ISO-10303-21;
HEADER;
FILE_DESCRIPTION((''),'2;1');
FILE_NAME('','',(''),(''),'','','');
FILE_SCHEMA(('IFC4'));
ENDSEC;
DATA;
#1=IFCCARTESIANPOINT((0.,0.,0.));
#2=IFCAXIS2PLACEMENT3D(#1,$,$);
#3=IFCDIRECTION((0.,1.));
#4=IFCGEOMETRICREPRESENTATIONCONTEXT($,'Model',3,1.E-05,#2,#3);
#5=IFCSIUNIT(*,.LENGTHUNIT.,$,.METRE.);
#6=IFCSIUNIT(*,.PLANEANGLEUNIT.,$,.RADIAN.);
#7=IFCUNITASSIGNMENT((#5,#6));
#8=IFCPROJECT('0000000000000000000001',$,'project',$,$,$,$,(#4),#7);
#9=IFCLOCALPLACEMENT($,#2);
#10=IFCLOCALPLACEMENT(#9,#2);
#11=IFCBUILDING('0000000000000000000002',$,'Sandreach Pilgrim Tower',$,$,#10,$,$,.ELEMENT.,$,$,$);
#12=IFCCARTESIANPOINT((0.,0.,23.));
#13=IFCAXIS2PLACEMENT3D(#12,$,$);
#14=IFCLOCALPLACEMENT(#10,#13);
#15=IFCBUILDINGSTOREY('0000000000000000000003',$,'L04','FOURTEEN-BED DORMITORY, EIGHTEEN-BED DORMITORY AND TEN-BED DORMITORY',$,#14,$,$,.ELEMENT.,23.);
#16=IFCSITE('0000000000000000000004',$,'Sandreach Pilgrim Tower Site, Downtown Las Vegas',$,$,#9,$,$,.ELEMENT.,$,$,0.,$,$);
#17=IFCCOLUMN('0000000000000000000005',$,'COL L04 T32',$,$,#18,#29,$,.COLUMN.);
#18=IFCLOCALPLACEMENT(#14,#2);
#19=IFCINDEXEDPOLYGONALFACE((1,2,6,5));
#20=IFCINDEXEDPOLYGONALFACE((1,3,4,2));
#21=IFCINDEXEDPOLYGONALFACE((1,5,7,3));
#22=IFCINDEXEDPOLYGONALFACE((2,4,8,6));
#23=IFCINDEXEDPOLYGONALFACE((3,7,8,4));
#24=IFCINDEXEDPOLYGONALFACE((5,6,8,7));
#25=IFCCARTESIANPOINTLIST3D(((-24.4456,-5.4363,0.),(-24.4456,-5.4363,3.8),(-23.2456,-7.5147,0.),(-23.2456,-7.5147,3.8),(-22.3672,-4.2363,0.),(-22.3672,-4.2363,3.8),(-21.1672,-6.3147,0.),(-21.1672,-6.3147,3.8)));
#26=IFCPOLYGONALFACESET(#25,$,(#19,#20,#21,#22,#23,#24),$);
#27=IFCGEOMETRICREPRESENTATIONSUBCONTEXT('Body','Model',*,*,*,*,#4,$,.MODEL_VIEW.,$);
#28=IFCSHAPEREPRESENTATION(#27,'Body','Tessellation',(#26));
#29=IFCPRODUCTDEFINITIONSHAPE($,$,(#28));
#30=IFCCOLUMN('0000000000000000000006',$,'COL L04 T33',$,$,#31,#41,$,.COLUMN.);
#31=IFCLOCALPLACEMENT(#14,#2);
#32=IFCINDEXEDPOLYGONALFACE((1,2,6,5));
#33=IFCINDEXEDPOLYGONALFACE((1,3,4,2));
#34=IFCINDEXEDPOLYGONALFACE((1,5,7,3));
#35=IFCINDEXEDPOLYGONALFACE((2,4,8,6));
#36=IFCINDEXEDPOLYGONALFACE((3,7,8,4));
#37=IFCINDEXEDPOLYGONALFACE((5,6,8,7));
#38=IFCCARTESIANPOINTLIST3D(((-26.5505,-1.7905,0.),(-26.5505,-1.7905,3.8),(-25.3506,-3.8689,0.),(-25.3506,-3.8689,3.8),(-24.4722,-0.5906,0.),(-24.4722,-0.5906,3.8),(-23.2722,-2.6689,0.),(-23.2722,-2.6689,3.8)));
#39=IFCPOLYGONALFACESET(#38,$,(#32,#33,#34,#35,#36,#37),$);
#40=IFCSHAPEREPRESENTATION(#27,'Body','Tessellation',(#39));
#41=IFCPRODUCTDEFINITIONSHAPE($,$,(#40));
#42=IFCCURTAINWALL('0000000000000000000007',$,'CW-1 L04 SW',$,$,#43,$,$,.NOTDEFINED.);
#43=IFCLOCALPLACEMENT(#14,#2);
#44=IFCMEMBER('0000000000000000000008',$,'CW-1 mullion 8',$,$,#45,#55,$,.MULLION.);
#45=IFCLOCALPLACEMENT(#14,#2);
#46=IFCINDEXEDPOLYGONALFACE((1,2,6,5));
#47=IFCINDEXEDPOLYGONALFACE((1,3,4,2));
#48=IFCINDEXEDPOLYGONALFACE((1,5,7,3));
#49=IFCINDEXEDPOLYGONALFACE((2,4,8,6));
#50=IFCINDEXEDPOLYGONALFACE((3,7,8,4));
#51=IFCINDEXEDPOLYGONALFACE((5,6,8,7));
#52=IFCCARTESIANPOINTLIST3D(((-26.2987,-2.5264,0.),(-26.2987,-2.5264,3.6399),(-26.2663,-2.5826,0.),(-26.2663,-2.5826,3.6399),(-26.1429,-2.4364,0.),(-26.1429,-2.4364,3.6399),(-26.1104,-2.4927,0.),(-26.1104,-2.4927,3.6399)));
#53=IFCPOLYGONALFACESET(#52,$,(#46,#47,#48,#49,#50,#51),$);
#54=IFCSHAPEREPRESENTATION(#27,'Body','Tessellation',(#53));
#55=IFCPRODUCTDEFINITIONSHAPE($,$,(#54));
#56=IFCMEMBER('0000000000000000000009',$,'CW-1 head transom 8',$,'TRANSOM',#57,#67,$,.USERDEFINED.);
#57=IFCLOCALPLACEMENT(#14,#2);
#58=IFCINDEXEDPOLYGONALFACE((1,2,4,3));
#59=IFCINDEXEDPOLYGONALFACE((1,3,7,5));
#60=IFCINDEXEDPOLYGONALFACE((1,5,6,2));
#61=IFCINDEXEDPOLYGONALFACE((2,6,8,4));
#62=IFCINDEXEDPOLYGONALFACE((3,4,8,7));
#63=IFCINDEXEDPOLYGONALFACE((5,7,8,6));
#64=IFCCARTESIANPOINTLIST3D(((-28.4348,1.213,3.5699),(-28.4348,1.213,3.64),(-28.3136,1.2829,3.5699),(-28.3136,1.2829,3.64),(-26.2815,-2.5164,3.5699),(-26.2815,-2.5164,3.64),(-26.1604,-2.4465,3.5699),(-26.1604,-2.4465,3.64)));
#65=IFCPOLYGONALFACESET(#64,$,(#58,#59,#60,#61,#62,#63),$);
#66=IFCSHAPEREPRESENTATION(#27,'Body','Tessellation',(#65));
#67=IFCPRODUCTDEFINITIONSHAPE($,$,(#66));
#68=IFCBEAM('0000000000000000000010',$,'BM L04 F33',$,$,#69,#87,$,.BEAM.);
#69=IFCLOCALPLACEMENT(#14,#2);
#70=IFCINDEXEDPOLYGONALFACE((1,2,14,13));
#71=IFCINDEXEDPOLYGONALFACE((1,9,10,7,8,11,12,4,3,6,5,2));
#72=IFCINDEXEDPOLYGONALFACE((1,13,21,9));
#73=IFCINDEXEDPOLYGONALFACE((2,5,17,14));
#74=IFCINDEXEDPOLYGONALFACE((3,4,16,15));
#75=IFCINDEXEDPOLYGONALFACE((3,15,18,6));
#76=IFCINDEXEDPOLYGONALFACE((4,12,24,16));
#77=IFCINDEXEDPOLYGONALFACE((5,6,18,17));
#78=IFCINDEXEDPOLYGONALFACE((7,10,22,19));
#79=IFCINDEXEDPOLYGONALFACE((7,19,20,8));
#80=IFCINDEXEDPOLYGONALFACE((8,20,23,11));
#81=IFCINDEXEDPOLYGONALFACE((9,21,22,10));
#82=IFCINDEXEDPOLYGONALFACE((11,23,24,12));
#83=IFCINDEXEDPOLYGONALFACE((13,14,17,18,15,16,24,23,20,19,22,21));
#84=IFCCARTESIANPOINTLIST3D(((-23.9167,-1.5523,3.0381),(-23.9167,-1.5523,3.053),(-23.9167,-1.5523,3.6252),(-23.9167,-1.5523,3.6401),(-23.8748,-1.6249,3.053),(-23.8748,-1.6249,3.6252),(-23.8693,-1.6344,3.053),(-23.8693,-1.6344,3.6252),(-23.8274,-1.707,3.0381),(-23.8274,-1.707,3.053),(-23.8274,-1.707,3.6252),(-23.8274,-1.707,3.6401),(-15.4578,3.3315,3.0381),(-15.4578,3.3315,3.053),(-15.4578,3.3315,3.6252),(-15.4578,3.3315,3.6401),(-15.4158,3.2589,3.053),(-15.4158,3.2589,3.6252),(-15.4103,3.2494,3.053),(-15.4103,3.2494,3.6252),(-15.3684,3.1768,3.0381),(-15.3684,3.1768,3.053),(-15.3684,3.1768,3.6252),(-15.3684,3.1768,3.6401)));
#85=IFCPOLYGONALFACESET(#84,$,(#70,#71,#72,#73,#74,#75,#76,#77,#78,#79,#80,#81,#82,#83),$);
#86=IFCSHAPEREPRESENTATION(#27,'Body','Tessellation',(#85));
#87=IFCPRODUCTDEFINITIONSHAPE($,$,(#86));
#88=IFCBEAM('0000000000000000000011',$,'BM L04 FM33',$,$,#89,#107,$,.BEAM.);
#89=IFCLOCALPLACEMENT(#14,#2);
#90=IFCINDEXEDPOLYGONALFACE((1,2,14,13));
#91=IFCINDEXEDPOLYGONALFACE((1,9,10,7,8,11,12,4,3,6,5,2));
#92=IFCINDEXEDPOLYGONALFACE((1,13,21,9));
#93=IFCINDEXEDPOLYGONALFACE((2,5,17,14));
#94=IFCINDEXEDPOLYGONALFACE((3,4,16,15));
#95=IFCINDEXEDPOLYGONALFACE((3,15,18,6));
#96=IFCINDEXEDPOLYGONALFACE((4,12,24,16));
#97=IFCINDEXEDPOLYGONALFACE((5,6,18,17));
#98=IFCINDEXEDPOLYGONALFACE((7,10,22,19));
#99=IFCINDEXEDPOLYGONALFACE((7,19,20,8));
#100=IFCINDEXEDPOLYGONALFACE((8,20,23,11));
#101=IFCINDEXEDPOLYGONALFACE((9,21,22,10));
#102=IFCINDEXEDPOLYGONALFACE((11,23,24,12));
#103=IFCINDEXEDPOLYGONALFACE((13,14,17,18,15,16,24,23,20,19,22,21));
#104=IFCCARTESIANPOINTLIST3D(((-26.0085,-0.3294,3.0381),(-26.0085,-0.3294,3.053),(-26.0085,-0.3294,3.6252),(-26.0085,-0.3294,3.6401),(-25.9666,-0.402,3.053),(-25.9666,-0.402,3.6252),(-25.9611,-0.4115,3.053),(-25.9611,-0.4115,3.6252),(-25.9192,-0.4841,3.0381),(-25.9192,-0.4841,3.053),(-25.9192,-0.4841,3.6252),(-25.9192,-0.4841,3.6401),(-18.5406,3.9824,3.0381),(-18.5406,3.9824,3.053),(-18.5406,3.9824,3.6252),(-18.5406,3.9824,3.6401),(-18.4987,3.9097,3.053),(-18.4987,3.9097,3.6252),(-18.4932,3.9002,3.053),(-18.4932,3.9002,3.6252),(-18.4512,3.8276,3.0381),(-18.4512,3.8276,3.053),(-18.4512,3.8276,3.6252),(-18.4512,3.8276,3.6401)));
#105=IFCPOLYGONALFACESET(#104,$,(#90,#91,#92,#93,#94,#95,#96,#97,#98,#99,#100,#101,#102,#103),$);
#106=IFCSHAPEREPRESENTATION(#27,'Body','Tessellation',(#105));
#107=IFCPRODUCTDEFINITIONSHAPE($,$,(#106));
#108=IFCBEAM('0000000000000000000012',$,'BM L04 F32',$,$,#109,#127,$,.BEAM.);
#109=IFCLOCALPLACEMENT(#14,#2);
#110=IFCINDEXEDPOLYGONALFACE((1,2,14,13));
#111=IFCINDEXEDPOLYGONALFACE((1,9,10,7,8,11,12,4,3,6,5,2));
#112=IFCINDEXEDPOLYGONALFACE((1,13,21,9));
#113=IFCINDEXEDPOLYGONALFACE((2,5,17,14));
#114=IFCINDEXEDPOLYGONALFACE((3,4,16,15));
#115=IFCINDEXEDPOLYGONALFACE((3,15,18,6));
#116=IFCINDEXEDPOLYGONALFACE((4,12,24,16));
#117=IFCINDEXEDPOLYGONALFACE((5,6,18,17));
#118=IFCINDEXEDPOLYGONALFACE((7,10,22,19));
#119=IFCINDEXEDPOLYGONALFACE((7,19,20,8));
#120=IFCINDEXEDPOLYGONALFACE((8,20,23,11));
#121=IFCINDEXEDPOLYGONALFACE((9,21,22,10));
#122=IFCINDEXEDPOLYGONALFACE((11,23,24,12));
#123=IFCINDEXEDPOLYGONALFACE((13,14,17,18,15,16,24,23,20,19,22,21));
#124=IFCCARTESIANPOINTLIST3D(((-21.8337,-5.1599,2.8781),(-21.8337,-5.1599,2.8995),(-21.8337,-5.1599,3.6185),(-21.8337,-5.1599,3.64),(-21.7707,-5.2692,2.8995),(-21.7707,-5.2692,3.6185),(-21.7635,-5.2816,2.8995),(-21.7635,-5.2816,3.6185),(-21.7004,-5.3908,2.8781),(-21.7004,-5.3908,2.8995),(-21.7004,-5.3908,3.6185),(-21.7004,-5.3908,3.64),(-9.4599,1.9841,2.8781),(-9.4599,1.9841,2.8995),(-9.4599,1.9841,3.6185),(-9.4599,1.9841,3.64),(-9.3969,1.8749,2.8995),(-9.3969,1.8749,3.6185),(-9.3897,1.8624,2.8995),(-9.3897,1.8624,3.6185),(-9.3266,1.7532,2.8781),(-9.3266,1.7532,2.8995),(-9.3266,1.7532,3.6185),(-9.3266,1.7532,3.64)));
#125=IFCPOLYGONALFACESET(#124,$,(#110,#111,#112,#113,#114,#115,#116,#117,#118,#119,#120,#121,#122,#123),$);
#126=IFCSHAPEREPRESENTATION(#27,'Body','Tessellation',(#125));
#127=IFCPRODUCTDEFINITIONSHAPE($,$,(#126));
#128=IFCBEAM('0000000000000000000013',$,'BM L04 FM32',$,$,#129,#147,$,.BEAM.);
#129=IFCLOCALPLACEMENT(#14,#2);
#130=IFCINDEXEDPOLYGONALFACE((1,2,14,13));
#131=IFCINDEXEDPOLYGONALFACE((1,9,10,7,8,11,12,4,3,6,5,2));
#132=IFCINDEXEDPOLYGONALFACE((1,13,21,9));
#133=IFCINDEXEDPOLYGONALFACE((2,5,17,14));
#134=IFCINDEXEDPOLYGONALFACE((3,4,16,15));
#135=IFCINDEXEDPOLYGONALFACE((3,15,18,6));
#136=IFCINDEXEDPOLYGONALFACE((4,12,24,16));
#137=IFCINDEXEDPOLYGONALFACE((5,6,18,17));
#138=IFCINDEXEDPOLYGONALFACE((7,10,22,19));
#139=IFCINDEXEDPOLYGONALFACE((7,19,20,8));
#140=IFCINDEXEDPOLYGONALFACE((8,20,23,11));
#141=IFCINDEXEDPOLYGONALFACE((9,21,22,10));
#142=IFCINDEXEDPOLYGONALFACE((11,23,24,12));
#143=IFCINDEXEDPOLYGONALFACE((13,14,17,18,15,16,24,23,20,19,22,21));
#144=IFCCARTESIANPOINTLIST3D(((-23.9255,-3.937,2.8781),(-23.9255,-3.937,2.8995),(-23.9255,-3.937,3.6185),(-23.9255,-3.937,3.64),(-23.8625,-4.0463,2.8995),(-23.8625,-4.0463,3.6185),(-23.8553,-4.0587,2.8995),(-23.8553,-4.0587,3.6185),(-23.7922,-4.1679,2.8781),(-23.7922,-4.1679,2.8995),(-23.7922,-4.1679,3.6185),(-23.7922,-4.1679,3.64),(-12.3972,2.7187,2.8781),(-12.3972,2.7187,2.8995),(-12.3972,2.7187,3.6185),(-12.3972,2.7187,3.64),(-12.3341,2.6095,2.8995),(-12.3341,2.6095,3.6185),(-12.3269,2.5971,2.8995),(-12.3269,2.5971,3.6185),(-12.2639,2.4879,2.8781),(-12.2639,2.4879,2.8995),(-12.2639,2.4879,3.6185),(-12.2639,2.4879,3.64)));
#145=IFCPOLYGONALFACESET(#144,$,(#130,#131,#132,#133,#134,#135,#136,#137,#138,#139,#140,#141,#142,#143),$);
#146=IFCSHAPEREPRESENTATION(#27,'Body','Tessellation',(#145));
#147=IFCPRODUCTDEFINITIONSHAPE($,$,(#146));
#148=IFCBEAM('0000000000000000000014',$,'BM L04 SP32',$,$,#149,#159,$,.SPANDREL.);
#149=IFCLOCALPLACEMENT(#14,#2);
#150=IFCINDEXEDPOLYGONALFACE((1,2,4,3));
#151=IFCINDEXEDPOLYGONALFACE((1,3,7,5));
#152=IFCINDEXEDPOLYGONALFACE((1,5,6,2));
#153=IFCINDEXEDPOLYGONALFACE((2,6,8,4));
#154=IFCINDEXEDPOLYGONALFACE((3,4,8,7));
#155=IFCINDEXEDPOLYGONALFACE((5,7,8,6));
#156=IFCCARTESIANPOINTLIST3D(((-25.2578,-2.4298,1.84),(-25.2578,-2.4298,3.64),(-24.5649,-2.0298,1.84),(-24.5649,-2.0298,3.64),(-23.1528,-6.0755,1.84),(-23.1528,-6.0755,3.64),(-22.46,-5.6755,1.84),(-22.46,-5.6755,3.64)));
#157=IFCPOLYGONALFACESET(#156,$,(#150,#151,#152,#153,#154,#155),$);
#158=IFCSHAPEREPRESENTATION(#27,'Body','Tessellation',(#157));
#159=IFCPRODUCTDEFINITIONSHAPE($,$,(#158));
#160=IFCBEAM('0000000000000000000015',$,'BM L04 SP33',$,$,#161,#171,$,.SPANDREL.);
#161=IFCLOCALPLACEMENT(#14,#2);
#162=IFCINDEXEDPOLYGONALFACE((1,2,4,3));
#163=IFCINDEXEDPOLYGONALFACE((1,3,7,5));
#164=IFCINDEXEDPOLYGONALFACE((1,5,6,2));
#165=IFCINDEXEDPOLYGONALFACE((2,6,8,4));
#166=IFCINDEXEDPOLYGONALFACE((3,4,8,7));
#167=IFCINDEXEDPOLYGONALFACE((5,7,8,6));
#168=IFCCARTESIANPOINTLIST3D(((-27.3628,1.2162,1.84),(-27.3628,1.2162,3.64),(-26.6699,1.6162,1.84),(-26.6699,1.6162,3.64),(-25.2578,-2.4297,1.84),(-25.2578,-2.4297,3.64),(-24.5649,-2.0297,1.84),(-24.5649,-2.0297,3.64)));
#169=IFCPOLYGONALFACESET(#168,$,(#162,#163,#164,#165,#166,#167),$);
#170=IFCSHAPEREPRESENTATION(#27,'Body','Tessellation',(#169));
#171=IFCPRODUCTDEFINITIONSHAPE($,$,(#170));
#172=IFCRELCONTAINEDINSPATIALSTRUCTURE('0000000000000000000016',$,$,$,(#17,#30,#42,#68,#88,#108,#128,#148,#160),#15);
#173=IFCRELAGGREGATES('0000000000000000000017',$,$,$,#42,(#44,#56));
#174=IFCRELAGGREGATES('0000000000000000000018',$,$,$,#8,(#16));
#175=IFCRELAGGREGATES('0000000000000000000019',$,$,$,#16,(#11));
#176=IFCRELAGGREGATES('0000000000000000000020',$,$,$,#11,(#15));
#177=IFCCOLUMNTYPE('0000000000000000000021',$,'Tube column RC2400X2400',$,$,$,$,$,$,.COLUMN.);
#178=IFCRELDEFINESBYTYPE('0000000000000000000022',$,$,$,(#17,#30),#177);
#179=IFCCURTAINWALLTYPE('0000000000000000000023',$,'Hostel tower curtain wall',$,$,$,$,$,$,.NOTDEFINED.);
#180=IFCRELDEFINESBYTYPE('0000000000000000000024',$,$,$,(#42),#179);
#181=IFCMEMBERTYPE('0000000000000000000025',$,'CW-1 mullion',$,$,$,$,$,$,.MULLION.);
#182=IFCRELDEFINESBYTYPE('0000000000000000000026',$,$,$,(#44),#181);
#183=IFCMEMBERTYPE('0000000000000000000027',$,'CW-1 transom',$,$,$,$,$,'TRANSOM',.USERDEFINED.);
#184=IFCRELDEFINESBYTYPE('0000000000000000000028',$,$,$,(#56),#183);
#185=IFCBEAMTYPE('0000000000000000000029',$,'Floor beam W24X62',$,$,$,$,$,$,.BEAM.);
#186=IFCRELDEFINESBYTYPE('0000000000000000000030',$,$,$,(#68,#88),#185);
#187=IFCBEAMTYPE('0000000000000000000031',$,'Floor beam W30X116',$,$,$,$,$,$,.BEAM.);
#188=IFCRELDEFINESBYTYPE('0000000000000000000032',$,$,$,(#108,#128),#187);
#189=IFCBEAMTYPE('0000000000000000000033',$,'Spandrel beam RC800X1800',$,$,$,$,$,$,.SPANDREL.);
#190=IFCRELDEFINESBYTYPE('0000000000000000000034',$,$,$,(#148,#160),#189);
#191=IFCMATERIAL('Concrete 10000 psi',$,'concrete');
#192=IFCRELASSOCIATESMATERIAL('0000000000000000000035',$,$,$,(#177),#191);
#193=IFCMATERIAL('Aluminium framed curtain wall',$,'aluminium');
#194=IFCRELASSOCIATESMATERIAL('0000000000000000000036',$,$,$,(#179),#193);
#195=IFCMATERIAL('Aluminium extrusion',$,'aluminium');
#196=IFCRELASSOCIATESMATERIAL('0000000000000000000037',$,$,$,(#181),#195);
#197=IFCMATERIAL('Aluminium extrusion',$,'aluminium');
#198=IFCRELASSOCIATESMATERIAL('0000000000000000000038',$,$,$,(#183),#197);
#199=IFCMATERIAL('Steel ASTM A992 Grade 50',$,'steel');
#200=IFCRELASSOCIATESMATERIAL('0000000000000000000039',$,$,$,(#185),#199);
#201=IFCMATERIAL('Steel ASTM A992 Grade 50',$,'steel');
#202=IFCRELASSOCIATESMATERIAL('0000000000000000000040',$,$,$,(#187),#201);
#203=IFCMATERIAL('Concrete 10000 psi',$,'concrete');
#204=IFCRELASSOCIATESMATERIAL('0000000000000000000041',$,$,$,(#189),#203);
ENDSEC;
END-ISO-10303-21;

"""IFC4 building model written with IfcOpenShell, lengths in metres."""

from ifc_helpers import new_model, si_unit, direction, frame, origin, origin_2d, place, context, subcontext, project, spatial, rectangle, i_section, extrude, material, material_profile, profile_set, type_object, element, aggregate, save


model = new_model("IFC4")

# Units and contexts
model_context = context("Model", 3, precision=1e-05, world=origin(), true_north=direction((0.0, 1.0)))
body_context = subcontext(model_context, "Body", "Model", "MODEL_VIEW")
ifc_project = project(units=[si_unit("LENGTHUNIT", "METRE"), si_unit("PLANEANGLEUNIT", "RADIAN")], contexts=[model_context])

# Site, building, storey
site_placement = place(None, origin())
site = spatial("IfcSite", under=ifc_project, at=site_placement, Name="Sandreach Pilgrim Tower Site, Downtown Las Vegas", CompositionType="ELEMENT", RefElevation=0.0)
building_placement = place(site_placement, origin())
building = spatial("IfcBuilding", under=site, at=building_placement, Name="Sandreach Pilgrim Tower", CompositionType="ELEMENT")
storey_placement = place(building_placement, frame((0.0, 0.0, 23.0)))
storey = spatial("IfcBuildingStorey", under=building, at=storey_placement, Name="L04", Description="FOURTEEN-BED DORMITORY, EIGHTEEN-BED DORMITORY AND TEN-BED DORMITORY", CompositionType="ELEMENT", Elevation=23.0)

# Columns
ifc_material_1 = material(Name="Concrete 10000 psi", Category="concrete")
ifc_material_profile_1 = material_profile(ifc_material_1, rectangle(XDim=2.3999, YDim=2.3999, at=origin_2d()), Name="RC2400X2400")
ifc_profile_set_1 = profile_set([ifc_material_profile_1], Name="Concrete 10000 psi")
column_type = type_object("IfcColumnType", Name="Tube column RC2400X2400", PredefinedType="COLUMN", material=ifc_profile_set_1)
for number, where, z_axis, x_axis, name in (
    (1, (-22.8064, -5.8755, 0.0), (0.0, 0.0, 1.0), (-0.866025, -0.5, 0.0), "COL L04 T32"),
    (2, (-24.9114, -2.2297, 0.0), (0.0, 0.0, 1.0), (-0.866025, -0.5, 0.0), "COL L04 T33"),
):
    element("IfcColumn", number, at=place(storey_placement, frame(where, z_axis=z_axis, x_axis=x_axis)), inside=storey, type_object=column_type, Name=name, PredefinedType="COLUMN", context=body_context, shape_type="SweptSolid", body=[
        extrude(rectangle(XDim=2.3999, YDim=2.3999, at=origin_2d()), origin(), (0.0, 0.0, 1.0), 3.8),
    ])

# Curtain wall, members
ifc_material_2 = material(Name="Aluminium framed curtain wall", Category="aluminium")
curtain_wall_type = type_object("IfcCurtainWallType", Name="Hostel tower curtain wall", PredefinedType="NOTDEFINED", material=ifc_material_2)
curtain_wall_placement = place(storey_placement, origin())
curtain_wall = element("IfcCurtainWall", 3, at=curtain_wall_placement, inside=storey, type_object=curtain_wall_type, Name="CW-1 L04 SW", PredefinedType="NOTDEFINED")
ifc_material_3 = material(Name="Aluminium extrusion", Category="aluminium")
ifc_material_profile_2 = material_profile(ifc_material_3, rectangle(XDim=0.0649, YDim=0.1799, at=origin_2d()), Name="CW-1M 65X180")
ifc_profile_set_2 = profile_set([ifc_material_profile_2], Name="Aluminium extrusion")
member_type_1 = type_object("IfcMemberType", Name="CW-1 mullion", PredefinedType="MULLION", material=ifc_profile_set_2)
member_1_placement = place(storey_placement, frame((-26.2046, -2.5095, 0.0), z_axis=(0.0, 0.0, 1.0), x_axis=(-0.5, 0.866025, 0.0)))
member_1 = element("IfcMember", 4, at=member_1_placement, type_object=member_type_1, Name="CW-1 mullion 8", PredefinedType="MULLION", context=body_context, shape_type="SweptSolid", body=[
    extrude(rectangle(XDim=0.0649, YDim=0.1799, at=origin_2d()), origin(), (0.0, 0.0, 1.0), 3.6399),
])
ifc_material_4 = material(Name="Aluminium extrusion", Category="aluminium")
ifc_material_profile_3 = material_profile(ifc_material_4, rectangle(XDim=0.1399, YDim=0.0701, at=origin_2d()), Name="CW-1T 140X70")
ifc_profile_set_3 = profile_set([ifc_material_profile_3], Name="Aluminium extrusion")
member_type_2 = type_object("IfcMemberType", Name="CW-1 transom", ElementType="TRANSOM", PredefinedType="USERDEFINED", material=ifc_profile_set_3)
member_2_placement = place(storey_placement, frame((-26.2209, -2.4814, 3.605), z_axis=(-0.500017, 0.866016, 0.0), x_axis=(-0.866016, -0.500017, 0.0)))
member_2 = element("IfcMember", 5, at=member_2_placement, type_object=member_type_2, Name="CW-1 head transom 8", ObjectType="TRANSOM", PredefinedType="USERDEFINED", context=body_context, shape_type="SweptSolid", body=[
    extrude(rectangle(XDim=0.1399, YDim=0.0701, at=origin_2d()), origin(), (0.0, 0.0, 1.0), 4.3064),
])

# Beams
ifc_material_5 = material(Name="Steel ASTM A992 Grade 50", Category="steel")
ifc_material_profile_4 = material_profile(ifc_material_5, i_section(OverallWidth=0.1787, OverallDepth=0.6021, WebThickness=0.011, FlangeThickness=0.0149, at=origin_2d()), Name="W24X62")
ifc_profile_set_4 = profile_set([ifc_material_profile_4], Name="Steel ASTM A992 Grade 50")
beam_type_1 = type_object("IfcBeamType", Name="Floor beam W24X62", PredefinedType="BEAM", material=ifc_profile_set_4)
beam_1_placement = place(storey_placement, frame((-23.8721, -1.6296, 3.3391), z_axis=(0.866026, 0.499999, 0.0), x_axis=(-0.499999, 0.866026, 0.0)))
element("IfcBeam", 6, at=beam_1_placement, inside=storey, type_object=beam_type_1, Name="BM L04 F33", PredefinedType="BEAM", context=body_context, shape_type="SweptSolid", body=[
    extrude(i_section(OverallWidth=0.1787, OverallDepth=0.6021, WebThickness=0.011, FlangeThickness=0.0149, at=origin_2d()), origin(), (0.0, 0.0, 1.0), 9.7676),
])
beam_2_placement = place(storey_placement, frame((-25.9639, -0.4067, 3.3391), z_axis=(0.86602, 0.500009, 0.0), x_axis=(-0.500009, 0.86602, 0.0)))
element("IfcBeam", 7, at=beam_2_placement, inside=storey, type_object=beam_type_1, Name="BM L04 FM33", PredefinedType="BEAM", context=body_context, shape_type="SweptSolid", body=[
    extrude(i_section(OverallWidth=0.1787, OverallDepth=0.6021, WebThickness=0.011, FlangeThickness=0.0149, at=origin_2d()), origin(), (0.0, 0.0, 1.0), 8.6233),
])
ifc_material_6 = material(Name="Steel ASTM A992 Grade 50", Category="steel")
ifc_material_profile_5 = material_profile(ifc_material_6, i_section(OverallWidth=0.2666, OverallDepth=0.762, WebThickness=0.0144, FlangeThickness=0.0215, at=origin_2d()), Name="W30X116")
ifc_profile_set_5 = profile_set([ifc_material_profile_5], Name="Steel ASTM A992 Grade 50")
beam_type_2 = type_object("IfcBeamType", Name="Floor beam W30X116", PredefinedType="BEAM", material=ifc_profile_set_5)
beam_3_placement = place(storey_placement, frame((-21.7671, -5.2754, 3.259), z_axis=(0.866024, 0.500002, 0.0), x_axis=(-0.500002, 0.866024, 0.0)))
element("IfcBeam", 8, at=beam_3_placement, inside=storey, type_object=beam_type_2, Name="BM L04 F32", PredefinedType="BEAM", context=body_context, shape_type="SweptSolid", body=[
    extrude(i_section(OverallWidth=0.2666, OverallDepth=0.762, WebThickness=0.0144, FlangeThickness=0.0215, at=origin_2d()), origin(), (0.0, 0.0, 1.0), 14.2881),
])
beam_4_placement = place(storey_placement, frame((-23.8589, -4.0525, 3.259), z_axis=(0.866029, 0.499993, 0.0), x_axis=(-0.499993, 0.866029, 0.0)))
element("IfcBeam", 9, at=beam_4_placement, inside=storey, type_object=beam_type_2, Name="BM L04 FM32", PredefinedType="BEAM", context=body_context, shape_type="SweptSolid", body=[
    extrude(i_section(OverallWidth=0.2666, OverallDepth=0.762, WebThickness=0.0144, FlangeThickness=0.0215, at=origin_2d()), origin(), (0.0, 0.0, 1.0), 13.3118),
])
ifc_material_7 = material(Name="Concrete 10000 psi", Category="concrete")
ifc_material_profile_6 = material_profile(ifc_material_7, rectangle(XDim=0.8, YDim=1.8, at=origin_2d()), Name="RC800X1800")
ifc_profile_set_6 = profile_set([ifc_material_profile_6], Name="Concrete 10000 psi")
beam_type_3 = type_object("IfcBeamType", Name="Spandrel beam RC800X1800", PredefinedType="SPANDREL", material=ifc_profile_set_6)
beam_5_placement = place(storey_placement, frame((-22.8064, -5.8755, 2.74), z_axis=(-0.500019, 0.866015, 0.0), x_axis=(-0.866015, -0.500019, 0.0)))
element("IfcBeam", 10, at=beam_5_placement, inside=storey, type_object=beam_type_3, Name="BM L04 SP32", PredefinedType="SPANDREL", context=body_context, shape_type="SweptSolid", body=[
    extrude(rectangle(XDim=0.8, YDim=1.8, at=origin_2d()), origin(), (0.0, 0.0, 1.0), 4.2097),
])
beam_6_placement = place(storey_placement, frame((-24.9114, -2.2297, 2.74), z_axis=(-0.499994, 0.866029, 0.0), x_axis=(-0.866029, -0.499994, 0.0)))
element("IfcBeam", 11, at=beam_6_placement, inside=storey, type_object=beam_type_3, Name="BM L04 SP33", PredefinedType="SPANDREL", context=body_context, shape_type="SweptSolid", body=[
    extrude(rectangle(XDim=0.8, YDim=1.8, at=origin_2d()), origin(), (0.0, 0.0, 1.0), 4.21),
])

aggregate(curtain_wall, [member_1, member_2])

save(model, "model.ifc")
